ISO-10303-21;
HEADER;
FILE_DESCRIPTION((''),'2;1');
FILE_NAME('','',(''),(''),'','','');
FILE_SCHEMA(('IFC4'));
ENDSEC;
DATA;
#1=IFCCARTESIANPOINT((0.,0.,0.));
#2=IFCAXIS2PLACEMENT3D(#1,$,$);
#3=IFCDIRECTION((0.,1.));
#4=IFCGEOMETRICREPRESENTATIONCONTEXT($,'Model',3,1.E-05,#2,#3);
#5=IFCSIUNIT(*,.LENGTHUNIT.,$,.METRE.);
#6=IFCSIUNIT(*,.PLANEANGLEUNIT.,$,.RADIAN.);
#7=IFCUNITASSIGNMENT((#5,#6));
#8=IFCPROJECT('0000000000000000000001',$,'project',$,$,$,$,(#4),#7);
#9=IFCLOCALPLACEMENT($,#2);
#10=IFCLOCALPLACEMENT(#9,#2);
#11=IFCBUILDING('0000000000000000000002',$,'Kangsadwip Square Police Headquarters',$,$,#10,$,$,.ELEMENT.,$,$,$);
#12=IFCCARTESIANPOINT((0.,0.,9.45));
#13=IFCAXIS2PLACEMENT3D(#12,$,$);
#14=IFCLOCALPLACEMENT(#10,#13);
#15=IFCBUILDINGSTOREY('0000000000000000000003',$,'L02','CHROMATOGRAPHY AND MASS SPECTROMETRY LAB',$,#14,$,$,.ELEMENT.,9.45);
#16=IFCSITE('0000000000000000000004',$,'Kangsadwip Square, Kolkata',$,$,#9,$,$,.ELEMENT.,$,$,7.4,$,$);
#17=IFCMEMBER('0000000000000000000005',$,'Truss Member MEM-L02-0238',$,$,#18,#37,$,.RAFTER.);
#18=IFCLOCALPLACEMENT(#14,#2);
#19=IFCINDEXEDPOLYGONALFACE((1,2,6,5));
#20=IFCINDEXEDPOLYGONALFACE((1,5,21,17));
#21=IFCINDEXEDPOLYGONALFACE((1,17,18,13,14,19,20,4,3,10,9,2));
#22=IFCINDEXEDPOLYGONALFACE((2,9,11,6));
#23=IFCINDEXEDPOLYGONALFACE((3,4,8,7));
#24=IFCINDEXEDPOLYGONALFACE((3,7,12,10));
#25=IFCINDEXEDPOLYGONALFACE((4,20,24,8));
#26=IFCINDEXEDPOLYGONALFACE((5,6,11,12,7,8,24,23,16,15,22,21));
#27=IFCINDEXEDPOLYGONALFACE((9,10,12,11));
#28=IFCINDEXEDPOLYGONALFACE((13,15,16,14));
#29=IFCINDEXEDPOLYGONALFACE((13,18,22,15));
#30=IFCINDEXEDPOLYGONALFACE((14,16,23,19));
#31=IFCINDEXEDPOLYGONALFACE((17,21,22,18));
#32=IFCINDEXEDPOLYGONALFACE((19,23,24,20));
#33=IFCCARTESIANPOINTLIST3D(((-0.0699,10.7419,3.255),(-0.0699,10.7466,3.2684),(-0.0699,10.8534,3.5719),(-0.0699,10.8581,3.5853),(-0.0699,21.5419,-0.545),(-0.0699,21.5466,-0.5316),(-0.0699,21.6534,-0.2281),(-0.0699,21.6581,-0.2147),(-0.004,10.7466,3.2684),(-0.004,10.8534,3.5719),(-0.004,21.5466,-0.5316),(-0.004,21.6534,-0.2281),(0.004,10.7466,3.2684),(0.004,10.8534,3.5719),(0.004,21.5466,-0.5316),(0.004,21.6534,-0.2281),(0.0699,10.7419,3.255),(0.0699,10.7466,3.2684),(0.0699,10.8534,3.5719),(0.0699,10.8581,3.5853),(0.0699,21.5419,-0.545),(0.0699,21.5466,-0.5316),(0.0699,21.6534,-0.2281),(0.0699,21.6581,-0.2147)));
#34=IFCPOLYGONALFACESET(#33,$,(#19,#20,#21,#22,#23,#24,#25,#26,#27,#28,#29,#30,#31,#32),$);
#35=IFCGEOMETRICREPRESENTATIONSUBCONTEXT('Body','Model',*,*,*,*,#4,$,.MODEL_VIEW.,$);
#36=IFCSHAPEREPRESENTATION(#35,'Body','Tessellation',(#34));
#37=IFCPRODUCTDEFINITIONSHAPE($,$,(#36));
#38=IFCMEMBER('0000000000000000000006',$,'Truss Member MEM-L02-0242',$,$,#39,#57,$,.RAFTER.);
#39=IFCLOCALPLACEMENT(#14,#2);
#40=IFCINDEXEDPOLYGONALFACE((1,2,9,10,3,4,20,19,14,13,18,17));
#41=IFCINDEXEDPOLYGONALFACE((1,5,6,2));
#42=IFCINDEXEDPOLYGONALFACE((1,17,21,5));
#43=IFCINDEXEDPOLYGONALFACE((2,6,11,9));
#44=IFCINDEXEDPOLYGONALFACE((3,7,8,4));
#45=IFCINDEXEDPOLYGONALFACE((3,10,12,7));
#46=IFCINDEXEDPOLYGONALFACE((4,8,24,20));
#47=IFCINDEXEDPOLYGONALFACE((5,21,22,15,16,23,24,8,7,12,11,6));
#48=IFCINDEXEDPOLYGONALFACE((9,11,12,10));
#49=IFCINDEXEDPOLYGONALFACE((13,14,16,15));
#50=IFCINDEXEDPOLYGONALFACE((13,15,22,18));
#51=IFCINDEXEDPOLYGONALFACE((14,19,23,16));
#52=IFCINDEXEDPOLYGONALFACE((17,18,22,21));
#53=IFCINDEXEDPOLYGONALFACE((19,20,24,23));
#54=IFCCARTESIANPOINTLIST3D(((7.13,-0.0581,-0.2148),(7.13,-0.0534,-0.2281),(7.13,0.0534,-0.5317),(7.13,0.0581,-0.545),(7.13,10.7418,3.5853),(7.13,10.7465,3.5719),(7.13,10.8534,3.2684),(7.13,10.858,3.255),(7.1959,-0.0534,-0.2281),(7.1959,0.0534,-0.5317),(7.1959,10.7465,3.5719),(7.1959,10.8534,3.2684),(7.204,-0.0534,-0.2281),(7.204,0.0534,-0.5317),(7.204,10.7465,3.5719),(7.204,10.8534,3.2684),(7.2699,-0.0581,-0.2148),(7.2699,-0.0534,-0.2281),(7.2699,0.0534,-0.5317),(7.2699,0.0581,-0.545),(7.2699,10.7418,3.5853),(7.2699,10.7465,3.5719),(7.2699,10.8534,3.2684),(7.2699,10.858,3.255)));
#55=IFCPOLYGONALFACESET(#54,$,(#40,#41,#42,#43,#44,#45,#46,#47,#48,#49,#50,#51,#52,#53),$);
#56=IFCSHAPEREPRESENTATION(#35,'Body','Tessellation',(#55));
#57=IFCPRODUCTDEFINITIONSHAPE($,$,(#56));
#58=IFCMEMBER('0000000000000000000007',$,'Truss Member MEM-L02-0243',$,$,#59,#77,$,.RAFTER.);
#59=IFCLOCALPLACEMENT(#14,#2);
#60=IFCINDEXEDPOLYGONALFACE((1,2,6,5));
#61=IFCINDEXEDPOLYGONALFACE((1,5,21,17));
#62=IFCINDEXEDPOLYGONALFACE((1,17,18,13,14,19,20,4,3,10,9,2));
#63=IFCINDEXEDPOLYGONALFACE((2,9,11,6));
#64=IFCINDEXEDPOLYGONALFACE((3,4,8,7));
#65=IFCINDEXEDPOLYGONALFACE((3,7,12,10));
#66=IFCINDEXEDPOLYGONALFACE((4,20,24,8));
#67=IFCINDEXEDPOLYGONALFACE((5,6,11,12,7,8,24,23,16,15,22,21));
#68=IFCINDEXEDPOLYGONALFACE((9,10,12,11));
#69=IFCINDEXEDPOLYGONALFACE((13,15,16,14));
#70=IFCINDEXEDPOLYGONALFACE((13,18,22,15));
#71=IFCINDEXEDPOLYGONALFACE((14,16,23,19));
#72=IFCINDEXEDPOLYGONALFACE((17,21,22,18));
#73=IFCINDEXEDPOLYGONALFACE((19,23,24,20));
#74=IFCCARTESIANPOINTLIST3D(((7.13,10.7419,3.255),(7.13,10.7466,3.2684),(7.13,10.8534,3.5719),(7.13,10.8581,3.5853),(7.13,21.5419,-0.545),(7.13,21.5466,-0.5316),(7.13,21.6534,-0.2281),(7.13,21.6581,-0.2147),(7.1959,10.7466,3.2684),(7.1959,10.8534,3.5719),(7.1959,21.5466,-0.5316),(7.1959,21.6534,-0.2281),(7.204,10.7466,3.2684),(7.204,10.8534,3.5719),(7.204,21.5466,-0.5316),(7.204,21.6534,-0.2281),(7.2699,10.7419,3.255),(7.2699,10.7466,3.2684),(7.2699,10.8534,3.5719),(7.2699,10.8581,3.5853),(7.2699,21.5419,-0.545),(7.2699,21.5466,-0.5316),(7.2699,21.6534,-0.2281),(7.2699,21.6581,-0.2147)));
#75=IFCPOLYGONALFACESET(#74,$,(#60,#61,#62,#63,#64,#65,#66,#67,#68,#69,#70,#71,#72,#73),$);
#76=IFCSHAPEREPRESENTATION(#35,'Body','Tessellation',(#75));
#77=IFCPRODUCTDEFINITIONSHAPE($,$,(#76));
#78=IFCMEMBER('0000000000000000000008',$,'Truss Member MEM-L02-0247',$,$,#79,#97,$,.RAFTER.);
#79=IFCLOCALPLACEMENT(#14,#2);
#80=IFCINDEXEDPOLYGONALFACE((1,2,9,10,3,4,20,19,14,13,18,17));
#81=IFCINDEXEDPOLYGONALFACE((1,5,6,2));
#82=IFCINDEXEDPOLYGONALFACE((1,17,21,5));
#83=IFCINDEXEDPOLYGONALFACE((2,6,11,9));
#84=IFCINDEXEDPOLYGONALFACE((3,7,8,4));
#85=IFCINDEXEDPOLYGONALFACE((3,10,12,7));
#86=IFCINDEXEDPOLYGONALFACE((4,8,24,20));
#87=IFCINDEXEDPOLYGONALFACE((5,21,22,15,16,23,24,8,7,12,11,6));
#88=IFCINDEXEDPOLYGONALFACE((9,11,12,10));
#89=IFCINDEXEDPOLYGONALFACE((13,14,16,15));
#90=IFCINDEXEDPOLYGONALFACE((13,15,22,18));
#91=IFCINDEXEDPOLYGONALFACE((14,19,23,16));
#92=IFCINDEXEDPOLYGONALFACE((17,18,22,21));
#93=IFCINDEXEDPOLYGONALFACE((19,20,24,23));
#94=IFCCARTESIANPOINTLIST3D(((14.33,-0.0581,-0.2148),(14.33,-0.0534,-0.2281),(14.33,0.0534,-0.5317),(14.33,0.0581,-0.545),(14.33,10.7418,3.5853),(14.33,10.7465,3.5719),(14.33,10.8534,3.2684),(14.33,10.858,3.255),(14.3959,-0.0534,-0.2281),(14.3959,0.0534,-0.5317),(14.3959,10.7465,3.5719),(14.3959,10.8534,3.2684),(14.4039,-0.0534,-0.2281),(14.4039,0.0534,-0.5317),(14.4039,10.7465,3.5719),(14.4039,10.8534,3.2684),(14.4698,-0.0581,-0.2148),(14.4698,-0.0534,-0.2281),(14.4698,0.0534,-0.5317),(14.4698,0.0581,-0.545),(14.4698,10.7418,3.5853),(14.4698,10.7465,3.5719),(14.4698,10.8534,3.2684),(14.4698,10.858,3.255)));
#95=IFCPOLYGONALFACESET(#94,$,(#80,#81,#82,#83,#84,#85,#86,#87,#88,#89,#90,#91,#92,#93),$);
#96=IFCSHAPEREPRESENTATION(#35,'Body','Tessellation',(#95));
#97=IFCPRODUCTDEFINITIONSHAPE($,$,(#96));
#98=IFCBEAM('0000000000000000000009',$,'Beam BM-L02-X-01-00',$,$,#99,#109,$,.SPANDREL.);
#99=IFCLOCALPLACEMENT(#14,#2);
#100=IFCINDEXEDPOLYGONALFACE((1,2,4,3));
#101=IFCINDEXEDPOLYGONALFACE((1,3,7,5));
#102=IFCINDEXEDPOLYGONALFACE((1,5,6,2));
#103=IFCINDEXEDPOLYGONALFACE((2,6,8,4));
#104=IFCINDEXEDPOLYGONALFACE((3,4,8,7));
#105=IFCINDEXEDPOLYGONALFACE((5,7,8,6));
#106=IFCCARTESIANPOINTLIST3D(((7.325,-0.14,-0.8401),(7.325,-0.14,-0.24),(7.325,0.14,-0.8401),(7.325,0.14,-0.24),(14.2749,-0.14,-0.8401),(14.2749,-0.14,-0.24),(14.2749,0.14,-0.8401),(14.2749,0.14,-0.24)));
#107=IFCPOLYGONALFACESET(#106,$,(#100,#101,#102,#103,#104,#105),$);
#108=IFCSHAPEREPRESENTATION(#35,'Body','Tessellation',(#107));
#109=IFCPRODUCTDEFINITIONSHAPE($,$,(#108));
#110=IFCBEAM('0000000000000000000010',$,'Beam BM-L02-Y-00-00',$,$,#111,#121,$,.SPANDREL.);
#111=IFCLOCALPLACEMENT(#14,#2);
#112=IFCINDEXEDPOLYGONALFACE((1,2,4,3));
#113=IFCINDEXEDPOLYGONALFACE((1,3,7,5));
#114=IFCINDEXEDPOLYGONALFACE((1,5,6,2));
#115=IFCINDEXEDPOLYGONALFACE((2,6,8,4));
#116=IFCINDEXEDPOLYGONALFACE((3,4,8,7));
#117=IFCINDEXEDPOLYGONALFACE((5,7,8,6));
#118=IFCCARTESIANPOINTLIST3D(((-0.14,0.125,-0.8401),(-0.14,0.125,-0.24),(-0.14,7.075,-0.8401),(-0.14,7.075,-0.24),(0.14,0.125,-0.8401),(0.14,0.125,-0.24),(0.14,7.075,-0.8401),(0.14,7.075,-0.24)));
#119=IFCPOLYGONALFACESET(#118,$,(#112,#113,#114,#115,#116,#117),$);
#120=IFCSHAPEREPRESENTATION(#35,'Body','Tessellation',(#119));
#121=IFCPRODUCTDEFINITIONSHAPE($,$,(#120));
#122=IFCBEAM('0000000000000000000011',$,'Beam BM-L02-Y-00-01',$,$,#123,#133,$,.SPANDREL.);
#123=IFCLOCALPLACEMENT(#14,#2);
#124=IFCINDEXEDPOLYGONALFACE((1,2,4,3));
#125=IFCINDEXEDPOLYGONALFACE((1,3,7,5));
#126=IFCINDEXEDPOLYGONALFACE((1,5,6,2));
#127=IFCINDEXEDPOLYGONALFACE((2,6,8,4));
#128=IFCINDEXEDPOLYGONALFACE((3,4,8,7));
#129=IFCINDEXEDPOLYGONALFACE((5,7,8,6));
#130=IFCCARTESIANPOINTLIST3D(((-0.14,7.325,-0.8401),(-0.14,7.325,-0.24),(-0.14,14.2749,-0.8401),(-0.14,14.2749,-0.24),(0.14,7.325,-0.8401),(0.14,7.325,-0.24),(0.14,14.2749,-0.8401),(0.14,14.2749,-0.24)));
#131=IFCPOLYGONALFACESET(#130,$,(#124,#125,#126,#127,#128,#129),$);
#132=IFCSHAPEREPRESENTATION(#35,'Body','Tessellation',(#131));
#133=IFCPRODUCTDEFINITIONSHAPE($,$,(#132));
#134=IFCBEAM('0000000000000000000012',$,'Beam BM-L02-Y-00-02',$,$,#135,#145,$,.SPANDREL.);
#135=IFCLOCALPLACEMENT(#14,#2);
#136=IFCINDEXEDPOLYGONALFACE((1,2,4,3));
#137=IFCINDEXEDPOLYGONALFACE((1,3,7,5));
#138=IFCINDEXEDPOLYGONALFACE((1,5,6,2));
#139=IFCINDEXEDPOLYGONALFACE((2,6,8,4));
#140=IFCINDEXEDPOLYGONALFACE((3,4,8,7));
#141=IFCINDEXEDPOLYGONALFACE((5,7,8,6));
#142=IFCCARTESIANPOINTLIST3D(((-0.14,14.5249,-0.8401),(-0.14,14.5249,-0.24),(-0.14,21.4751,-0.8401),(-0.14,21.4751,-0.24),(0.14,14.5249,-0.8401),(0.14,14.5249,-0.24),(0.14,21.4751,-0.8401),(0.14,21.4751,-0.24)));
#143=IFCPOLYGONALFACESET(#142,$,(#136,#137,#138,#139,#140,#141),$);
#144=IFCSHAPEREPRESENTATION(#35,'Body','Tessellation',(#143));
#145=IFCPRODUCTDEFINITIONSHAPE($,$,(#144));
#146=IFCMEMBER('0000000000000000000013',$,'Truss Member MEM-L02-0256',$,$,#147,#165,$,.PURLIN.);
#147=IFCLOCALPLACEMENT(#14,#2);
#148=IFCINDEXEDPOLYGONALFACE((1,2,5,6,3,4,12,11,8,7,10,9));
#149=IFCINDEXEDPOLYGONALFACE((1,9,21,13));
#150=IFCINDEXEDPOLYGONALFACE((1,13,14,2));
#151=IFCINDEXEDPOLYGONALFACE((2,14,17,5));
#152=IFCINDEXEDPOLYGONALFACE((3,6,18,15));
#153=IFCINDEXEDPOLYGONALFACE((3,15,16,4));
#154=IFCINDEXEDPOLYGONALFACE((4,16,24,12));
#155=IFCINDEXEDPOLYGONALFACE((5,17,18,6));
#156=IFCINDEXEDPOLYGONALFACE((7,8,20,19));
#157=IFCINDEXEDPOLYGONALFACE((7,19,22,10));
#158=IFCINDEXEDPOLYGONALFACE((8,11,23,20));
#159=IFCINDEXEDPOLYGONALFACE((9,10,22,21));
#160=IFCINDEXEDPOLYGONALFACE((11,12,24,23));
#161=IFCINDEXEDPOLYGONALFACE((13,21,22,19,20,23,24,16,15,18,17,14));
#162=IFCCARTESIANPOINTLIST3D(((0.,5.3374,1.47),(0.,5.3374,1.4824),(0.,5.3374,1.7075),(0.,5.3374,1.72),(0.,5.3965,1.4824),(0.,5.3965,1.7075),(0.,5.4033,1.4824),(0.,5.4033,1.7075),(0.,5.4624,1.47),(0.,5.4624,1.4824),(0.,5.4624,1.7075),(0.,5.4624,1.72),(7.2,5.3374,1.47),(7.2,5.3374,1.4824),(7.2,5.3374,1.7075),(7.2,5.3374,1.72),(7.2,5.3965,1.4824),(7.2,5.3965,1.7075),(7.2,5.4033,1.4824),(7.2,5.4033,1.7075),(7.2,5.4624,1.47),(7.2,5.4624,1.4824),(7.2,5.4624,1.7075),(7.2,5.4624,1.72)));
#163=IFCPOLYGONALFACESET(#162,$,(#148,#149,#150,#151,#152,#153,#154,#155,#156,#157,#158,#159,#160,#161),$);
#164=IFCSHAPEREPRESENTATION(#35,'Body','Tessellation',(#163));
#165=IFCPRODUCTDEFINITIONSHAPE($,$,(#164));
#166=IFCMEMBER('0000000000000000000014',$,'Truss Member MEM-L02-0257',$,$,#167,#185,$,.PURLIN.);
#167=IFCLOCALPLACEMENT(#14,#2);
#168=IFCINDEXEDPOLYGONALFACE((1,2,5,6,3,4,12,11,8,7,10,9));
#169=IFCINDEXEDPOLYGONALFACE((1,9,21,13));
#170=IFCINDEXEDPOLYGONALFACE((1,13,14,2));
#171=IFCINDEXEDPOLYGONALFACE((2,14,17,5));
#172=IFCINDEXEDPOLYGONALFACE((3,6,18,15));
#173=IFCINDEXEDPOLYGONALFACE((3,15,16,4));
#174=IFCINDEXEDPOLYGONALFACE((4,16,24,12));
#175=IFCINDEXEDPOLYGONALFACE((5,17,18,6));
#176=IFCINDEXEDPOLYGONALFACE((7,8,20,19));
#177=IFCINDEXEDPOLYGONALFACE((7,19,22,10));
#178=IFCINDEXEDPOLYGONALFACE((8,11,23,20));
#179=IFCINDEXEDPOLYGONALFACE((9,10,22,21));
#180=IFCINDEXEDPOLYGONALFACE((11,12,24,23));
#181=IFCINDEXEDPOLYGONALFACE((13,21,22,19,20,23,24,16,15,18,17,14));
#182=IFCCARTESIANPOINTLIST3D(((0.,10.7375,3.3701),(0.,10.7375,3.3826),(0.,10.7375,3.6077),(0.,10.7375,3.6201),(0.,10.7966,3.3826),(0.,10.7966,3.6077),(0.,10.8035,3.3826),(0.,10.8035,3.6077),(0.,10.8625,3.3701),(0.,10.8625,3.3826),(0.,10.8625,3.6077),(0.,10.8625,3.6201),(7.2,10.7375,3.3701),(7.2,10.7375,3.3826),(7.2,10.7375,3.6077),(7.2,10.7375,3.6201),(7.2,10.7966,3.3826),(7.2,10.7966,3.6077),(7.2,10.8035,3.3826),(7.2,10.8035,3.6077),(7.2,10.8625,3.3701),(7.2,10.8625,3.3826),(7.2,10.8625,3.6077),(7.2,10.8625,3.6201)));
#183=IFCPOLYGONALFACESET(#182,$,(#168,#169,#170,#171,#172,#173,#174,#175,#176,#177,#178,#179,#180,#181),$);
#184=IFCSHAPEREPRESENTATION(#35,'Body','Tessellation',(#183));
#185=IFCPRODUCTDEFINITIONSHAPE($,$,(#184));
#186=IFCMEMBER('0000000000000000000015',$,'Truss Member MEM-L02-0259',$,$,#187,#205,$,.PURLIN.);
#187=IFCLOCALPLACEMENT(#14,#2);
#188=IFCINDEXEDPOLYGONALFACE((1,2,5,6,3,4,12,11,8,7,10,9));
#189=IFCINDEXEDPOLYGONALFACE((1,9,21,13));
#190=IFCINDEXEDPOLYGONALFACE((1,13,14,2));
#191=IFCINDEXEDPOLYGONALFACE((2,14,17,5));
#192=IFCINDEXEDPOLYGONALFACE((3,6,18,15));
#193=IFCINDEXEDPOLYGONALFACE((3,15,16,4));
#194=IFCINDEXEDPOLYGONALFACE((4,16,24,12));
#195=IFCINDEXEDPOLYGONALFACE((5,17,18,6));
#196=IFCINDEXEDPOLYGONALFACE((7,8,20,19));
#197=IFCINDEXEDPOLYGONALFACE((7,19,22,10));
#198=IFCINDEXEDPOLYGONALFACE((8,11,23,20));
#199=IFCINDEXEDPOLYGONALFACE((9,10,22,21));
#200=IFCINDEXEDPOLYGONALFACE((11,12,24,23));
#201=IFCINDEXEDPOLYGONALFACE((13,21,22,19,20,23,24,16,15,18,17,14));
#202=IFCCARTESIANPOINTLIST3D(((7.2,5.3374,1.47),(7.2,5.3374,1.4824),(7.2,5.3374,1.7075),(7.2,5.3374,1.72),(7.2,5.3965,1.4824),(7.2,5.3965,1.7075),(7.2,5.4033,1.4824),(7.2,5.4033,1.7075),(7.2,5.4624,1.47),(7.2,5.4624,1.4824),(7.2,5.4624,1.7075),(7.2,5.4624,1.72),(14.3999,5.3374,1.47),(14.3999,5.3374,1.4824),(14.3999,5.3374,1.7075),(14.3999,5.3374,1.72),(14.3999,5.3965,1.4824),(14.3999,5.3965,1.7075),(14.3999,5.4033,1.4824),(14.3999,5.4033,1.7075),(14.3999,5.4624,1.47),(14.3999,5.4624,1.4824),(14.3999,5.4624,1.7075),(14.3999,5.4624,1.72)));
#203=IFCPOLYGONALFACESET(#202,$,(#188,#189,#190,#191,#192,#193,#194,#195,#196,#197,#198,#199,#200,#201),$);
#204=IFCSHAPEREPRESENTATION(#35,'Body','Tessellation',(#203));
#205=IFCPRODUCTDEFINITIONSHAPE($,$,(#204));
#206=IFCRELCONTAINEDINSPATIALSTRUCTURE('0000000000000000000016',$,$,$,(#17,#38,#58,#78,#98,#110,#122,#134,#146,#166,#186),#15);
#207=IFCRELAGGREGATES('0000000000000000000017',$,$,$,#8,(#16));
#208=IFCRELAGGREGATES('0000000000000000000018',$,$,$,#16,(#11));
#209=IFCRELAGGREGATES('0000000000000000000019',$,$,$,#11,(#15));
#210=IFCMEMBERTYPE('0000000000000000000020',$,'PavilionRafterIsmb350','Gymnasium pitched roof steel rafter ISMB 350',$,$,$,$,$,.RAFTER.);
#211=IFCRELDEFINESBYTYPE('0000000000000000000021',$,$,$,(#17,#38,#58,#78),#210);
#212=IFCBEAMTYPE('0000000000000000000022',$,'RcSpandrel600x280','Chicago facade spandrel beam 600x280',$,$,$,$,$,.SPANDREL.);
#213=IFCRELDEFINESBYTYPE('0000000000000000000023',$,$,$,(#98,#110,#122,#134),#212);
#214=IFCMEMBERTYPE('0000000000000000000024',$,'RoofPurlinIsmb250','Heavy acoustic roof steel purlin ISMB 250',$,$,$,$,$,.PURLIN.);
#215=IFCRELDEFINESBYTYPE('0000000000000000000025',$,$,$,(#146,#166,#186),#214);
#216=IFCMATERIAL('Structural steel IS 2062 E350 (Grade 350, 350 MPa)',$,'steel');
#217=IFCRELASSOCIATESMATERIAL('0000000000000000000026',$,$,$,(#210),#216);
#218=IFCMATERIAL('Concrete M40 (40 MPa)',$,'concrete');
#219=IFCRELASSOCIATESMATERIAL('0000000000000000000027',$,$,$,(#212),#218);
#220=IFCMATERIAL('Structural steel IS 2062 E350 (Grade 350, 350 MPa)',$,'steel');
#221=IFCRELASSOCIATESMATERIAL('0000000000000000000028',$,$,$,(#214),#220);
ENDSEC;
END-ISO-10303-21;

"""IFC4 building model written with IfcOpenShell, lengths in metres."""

from ifc_helpers import new_model, si_unit, direction, frame, origin, origin_2d, place, context, subcontext, project, spatial, rectangle, i_section, extrude, material, material_profile, profile_set, type_object, element, save


model = new_model("IFC4")

# Units and contexts
model_context = context("Model", 3, precision=1e-05, world=origin(), true_north=direction((0.0, 1.0)))
body_context = subcontext(model_context, "Body", "Model", "MODEL_VIEW")
ifc_project = project(units=[si_unit("LENGTHUNIT", "METRE"), si_unit("PLANEANGLEUNIT", "RADIAN")], contexts=[model_context])

# Site, building, storey
site_placement = place(None, origin())
site = spatial("IfcSite", under=ifc_project, at=site_placement, Name="Kangsadwip Square, Kolkata", CompositionType="ELEMENT", RefElevation=7.4)
building_placement = place(site_placement, origin())
building = spatial("IfcBuilding", under=site, at=building_placement, Name="Kangsadwip Square Police Headquarters", CompositionType="ELEMENT")
storey_placement = place(building_placement, frame((0.0, 0.0, 9.45)))
storey = spatial("IfcBuildingStorey", under=building, at=storey_placement, Name="L02", Description="CHROMATOGRAPHY AND MASS SPECTROMETRY LAB", CompositionType="ELEMENT", Elevation=9.45)

# Members
ifc_material_1 = material(Name="Structural steel IS 2062 E350 (Grade 350, 350 MPa)", Category="steel")
ifc_material_profile_1 = material_profile(ifc_material_1, i_section(OverallWidth=0.1399, OverallDepth=0.3501, WebThickness=0.0081, FlangeThickness=0.0142, at=origin_2d()), Name="ISMB 350")
ifc_profile_set_1 = profile_set([ifc_material_profile_1], Name="Structural steel IS 2062 E350 (Grade 350, 350 MPa)")
member_type_1 = type_object("IfcMemberType", Name="PavilionRafterIsmb350", Description="Gymnasium pitched roof steel rafter ISMB 350", PredefinedType="RAFTER", material=ifc_profile_set_1)
for number, where, z_axis, x_axis, name in (
    (1, (0.0, 10.8, 3.4202), (0.0, 0.943312, -0.331909), (-1.0, 0.0, 0.0), "Truss Member MEM-L02-0238"),
    (2, (7.2, 0.0, -0.3799), (0.0, 0.943312, 0.331909), (-1.0, 0.0, 0.0), "Truss Member MEM-L02-0242"),
    (3, (7.2, 10.8, 3.4202), (0.0, 0.943312, -0.331909), (-1.0, 0.0, 0.0), "Truss Member MEM-L02-0243"),
    (4, (14.3999, 0.0, -0.3799), (0.0, 0.943312, 0.331909), (-1.0, 0.0, 0.0), "Truss Member MEM-L02-0247"),
):
    element("IfcMember", number, at=place(storey_placement, frame(where, z_axis=z_axis, x_axis=x_axis)), inside=storey, type_object=member_type_1, Name=name, PredefinedType="RAFTER", context=body_context, shape_type="SweptSolid", body=[
        extrude(i_section(OverallWidth=0.1399, OverallDepth=0.3501, WebThickness=0.0081, FlangeThickness=0.0142, at=origin_2d()), origin(), (0.0, 0.0, 1.0), 11.449),
    ])

# Beams
ifc_material_2 = material(Name="Concrete M40 (40 MPa)", Category="concrete")
ifc_material_profile_2 = material_profile(ifc_material_2, rectangle(XDim=0.28, YDim=0.6001, at=origin_2d()), Name="RC SPN 600X280")
ifc_profile_set_2 = profile_set([ifc_material_profile_2], Name="Concrete M40 (40 MPa)")
beam_type = type_object("IfcBeamType", Name="RcSpandrel600x280", Description="Chicago facade spandrel beam 600x280", PredefinedType="SPANDREL", material=ifc_profile_set_2)
for number, where, z_axis, x_axis, name in (
    (5, (7.325, 0.0, -0.54), (1.0, 0.0, 0.0), (0.0, 1.0, 0.0), "Beam BM-L02-X-01-00"),
    (6, (0.0, 0.125, -0.54), (0.0, 1.0, 0.0), (-1.0, 0.0, 0.0), "Beam BM-L02-Y-00-00"),
    (7, (0.0, 7.325, -0.54), (0.0, 1.0, 0.0), (-1.0, 0.0, 0.0), "Beam BM-L02-Y-00-01"),
):
    element("IfcBeam", number, at=place(storey_placement, frame(where, z_axis=z_axis, x_axis=x_axis)), inside=storey, type_object=beam_type, Name=name, PredefinedType="SPANDREL", context=body_context, shape_type="SweptSolid", body=[
        extrude(rectangle(XDim=0.28, YDim=0.6001, at=origin_2d()), origin(), (0.0, 0.0, 1.0), 6.95),
    ])
beam_placement = place(storey_placement, frame((0.0, 14.5249, -0.54), z_axis=(0.0, 1.0, 0.0), x_axis=(-1.0, 0.0, 0.0)))
element("IfcBeam", 8, at=beam_placement, inside=storey, type_object=beam_type, Name="Beam BM-L02-Y-00-02", PredefinedType="SPANDREL", context=body_context, shape_type="SweptSolid", body=[
    extrude(rectangle(XDim=0.28, YDim=0.6001, at=origin_2d()), origin(), (0.0, 0.0, 1.0), 6.9502),
])

# Members
ifc_material_3 = material(Name="Structural steel IS 2062 E350 (Grade 350, 350 MPa)", Category="steel")
ifc_material_profile_3 = material_profile(ifc_material_3, i_section(OverallWidth=0.125, OverallDepth=0.25, WebThickness=0.0068, FlangeThickness=0.0125, at=origin_2d()), Name="ISMB 250")
ifc_profile_set_3 = profile_set([ifc_material_profile_3], Name="Structural steel IS 2062 E350 (Grade 350, 350 MPa)")
member_type_2 = type_object("IfcMemberType", Name="RoofPurlinIsmb250", Description="Heavy acoustic roof steel purlin ISMB 250", PredefinedType="PURLIN", material=ifc_profile_set_3)
for number, where, z_axis, x_axis, name in (
    (9, (0.0, 5.3999, 1.595), (1.0, 0.0, 0.0), (0.0, 1.0, 0.0), "Truss Member MEM-L02-0256"),
    (10, (0.0, 10.8, 3.4951), (1.0, 0.0, 0.0), (0.0, 1.0, 0.0), "Truss Member MEM-L02-0257"),
    (11, (7.2, 5.3999, 1.595), (1.0, 0.0, 0.0), (0.0, 1.0, 0.0), "Truss Member MEM-L02-0259"),
):
    element("IfcMember", number, at=place(storey_placement, frame(where, z_axis=z_axis, x_axis=x_axis)), inside=storey, type_object=member_type_2, Name=name, PredefinedType="PURLIN", context=body_context, shape_type="SweptSolid", body=[
        extrude(i_section(OverallWidth=0.125, OverallDepth=0.25, WebThickness=0.0068, FlangeThickness=0.0125, at=origin_2d()), origin(), (0.0, 0.0, 1.0), 7.2),
    ])

save(model, "model.ifc")
